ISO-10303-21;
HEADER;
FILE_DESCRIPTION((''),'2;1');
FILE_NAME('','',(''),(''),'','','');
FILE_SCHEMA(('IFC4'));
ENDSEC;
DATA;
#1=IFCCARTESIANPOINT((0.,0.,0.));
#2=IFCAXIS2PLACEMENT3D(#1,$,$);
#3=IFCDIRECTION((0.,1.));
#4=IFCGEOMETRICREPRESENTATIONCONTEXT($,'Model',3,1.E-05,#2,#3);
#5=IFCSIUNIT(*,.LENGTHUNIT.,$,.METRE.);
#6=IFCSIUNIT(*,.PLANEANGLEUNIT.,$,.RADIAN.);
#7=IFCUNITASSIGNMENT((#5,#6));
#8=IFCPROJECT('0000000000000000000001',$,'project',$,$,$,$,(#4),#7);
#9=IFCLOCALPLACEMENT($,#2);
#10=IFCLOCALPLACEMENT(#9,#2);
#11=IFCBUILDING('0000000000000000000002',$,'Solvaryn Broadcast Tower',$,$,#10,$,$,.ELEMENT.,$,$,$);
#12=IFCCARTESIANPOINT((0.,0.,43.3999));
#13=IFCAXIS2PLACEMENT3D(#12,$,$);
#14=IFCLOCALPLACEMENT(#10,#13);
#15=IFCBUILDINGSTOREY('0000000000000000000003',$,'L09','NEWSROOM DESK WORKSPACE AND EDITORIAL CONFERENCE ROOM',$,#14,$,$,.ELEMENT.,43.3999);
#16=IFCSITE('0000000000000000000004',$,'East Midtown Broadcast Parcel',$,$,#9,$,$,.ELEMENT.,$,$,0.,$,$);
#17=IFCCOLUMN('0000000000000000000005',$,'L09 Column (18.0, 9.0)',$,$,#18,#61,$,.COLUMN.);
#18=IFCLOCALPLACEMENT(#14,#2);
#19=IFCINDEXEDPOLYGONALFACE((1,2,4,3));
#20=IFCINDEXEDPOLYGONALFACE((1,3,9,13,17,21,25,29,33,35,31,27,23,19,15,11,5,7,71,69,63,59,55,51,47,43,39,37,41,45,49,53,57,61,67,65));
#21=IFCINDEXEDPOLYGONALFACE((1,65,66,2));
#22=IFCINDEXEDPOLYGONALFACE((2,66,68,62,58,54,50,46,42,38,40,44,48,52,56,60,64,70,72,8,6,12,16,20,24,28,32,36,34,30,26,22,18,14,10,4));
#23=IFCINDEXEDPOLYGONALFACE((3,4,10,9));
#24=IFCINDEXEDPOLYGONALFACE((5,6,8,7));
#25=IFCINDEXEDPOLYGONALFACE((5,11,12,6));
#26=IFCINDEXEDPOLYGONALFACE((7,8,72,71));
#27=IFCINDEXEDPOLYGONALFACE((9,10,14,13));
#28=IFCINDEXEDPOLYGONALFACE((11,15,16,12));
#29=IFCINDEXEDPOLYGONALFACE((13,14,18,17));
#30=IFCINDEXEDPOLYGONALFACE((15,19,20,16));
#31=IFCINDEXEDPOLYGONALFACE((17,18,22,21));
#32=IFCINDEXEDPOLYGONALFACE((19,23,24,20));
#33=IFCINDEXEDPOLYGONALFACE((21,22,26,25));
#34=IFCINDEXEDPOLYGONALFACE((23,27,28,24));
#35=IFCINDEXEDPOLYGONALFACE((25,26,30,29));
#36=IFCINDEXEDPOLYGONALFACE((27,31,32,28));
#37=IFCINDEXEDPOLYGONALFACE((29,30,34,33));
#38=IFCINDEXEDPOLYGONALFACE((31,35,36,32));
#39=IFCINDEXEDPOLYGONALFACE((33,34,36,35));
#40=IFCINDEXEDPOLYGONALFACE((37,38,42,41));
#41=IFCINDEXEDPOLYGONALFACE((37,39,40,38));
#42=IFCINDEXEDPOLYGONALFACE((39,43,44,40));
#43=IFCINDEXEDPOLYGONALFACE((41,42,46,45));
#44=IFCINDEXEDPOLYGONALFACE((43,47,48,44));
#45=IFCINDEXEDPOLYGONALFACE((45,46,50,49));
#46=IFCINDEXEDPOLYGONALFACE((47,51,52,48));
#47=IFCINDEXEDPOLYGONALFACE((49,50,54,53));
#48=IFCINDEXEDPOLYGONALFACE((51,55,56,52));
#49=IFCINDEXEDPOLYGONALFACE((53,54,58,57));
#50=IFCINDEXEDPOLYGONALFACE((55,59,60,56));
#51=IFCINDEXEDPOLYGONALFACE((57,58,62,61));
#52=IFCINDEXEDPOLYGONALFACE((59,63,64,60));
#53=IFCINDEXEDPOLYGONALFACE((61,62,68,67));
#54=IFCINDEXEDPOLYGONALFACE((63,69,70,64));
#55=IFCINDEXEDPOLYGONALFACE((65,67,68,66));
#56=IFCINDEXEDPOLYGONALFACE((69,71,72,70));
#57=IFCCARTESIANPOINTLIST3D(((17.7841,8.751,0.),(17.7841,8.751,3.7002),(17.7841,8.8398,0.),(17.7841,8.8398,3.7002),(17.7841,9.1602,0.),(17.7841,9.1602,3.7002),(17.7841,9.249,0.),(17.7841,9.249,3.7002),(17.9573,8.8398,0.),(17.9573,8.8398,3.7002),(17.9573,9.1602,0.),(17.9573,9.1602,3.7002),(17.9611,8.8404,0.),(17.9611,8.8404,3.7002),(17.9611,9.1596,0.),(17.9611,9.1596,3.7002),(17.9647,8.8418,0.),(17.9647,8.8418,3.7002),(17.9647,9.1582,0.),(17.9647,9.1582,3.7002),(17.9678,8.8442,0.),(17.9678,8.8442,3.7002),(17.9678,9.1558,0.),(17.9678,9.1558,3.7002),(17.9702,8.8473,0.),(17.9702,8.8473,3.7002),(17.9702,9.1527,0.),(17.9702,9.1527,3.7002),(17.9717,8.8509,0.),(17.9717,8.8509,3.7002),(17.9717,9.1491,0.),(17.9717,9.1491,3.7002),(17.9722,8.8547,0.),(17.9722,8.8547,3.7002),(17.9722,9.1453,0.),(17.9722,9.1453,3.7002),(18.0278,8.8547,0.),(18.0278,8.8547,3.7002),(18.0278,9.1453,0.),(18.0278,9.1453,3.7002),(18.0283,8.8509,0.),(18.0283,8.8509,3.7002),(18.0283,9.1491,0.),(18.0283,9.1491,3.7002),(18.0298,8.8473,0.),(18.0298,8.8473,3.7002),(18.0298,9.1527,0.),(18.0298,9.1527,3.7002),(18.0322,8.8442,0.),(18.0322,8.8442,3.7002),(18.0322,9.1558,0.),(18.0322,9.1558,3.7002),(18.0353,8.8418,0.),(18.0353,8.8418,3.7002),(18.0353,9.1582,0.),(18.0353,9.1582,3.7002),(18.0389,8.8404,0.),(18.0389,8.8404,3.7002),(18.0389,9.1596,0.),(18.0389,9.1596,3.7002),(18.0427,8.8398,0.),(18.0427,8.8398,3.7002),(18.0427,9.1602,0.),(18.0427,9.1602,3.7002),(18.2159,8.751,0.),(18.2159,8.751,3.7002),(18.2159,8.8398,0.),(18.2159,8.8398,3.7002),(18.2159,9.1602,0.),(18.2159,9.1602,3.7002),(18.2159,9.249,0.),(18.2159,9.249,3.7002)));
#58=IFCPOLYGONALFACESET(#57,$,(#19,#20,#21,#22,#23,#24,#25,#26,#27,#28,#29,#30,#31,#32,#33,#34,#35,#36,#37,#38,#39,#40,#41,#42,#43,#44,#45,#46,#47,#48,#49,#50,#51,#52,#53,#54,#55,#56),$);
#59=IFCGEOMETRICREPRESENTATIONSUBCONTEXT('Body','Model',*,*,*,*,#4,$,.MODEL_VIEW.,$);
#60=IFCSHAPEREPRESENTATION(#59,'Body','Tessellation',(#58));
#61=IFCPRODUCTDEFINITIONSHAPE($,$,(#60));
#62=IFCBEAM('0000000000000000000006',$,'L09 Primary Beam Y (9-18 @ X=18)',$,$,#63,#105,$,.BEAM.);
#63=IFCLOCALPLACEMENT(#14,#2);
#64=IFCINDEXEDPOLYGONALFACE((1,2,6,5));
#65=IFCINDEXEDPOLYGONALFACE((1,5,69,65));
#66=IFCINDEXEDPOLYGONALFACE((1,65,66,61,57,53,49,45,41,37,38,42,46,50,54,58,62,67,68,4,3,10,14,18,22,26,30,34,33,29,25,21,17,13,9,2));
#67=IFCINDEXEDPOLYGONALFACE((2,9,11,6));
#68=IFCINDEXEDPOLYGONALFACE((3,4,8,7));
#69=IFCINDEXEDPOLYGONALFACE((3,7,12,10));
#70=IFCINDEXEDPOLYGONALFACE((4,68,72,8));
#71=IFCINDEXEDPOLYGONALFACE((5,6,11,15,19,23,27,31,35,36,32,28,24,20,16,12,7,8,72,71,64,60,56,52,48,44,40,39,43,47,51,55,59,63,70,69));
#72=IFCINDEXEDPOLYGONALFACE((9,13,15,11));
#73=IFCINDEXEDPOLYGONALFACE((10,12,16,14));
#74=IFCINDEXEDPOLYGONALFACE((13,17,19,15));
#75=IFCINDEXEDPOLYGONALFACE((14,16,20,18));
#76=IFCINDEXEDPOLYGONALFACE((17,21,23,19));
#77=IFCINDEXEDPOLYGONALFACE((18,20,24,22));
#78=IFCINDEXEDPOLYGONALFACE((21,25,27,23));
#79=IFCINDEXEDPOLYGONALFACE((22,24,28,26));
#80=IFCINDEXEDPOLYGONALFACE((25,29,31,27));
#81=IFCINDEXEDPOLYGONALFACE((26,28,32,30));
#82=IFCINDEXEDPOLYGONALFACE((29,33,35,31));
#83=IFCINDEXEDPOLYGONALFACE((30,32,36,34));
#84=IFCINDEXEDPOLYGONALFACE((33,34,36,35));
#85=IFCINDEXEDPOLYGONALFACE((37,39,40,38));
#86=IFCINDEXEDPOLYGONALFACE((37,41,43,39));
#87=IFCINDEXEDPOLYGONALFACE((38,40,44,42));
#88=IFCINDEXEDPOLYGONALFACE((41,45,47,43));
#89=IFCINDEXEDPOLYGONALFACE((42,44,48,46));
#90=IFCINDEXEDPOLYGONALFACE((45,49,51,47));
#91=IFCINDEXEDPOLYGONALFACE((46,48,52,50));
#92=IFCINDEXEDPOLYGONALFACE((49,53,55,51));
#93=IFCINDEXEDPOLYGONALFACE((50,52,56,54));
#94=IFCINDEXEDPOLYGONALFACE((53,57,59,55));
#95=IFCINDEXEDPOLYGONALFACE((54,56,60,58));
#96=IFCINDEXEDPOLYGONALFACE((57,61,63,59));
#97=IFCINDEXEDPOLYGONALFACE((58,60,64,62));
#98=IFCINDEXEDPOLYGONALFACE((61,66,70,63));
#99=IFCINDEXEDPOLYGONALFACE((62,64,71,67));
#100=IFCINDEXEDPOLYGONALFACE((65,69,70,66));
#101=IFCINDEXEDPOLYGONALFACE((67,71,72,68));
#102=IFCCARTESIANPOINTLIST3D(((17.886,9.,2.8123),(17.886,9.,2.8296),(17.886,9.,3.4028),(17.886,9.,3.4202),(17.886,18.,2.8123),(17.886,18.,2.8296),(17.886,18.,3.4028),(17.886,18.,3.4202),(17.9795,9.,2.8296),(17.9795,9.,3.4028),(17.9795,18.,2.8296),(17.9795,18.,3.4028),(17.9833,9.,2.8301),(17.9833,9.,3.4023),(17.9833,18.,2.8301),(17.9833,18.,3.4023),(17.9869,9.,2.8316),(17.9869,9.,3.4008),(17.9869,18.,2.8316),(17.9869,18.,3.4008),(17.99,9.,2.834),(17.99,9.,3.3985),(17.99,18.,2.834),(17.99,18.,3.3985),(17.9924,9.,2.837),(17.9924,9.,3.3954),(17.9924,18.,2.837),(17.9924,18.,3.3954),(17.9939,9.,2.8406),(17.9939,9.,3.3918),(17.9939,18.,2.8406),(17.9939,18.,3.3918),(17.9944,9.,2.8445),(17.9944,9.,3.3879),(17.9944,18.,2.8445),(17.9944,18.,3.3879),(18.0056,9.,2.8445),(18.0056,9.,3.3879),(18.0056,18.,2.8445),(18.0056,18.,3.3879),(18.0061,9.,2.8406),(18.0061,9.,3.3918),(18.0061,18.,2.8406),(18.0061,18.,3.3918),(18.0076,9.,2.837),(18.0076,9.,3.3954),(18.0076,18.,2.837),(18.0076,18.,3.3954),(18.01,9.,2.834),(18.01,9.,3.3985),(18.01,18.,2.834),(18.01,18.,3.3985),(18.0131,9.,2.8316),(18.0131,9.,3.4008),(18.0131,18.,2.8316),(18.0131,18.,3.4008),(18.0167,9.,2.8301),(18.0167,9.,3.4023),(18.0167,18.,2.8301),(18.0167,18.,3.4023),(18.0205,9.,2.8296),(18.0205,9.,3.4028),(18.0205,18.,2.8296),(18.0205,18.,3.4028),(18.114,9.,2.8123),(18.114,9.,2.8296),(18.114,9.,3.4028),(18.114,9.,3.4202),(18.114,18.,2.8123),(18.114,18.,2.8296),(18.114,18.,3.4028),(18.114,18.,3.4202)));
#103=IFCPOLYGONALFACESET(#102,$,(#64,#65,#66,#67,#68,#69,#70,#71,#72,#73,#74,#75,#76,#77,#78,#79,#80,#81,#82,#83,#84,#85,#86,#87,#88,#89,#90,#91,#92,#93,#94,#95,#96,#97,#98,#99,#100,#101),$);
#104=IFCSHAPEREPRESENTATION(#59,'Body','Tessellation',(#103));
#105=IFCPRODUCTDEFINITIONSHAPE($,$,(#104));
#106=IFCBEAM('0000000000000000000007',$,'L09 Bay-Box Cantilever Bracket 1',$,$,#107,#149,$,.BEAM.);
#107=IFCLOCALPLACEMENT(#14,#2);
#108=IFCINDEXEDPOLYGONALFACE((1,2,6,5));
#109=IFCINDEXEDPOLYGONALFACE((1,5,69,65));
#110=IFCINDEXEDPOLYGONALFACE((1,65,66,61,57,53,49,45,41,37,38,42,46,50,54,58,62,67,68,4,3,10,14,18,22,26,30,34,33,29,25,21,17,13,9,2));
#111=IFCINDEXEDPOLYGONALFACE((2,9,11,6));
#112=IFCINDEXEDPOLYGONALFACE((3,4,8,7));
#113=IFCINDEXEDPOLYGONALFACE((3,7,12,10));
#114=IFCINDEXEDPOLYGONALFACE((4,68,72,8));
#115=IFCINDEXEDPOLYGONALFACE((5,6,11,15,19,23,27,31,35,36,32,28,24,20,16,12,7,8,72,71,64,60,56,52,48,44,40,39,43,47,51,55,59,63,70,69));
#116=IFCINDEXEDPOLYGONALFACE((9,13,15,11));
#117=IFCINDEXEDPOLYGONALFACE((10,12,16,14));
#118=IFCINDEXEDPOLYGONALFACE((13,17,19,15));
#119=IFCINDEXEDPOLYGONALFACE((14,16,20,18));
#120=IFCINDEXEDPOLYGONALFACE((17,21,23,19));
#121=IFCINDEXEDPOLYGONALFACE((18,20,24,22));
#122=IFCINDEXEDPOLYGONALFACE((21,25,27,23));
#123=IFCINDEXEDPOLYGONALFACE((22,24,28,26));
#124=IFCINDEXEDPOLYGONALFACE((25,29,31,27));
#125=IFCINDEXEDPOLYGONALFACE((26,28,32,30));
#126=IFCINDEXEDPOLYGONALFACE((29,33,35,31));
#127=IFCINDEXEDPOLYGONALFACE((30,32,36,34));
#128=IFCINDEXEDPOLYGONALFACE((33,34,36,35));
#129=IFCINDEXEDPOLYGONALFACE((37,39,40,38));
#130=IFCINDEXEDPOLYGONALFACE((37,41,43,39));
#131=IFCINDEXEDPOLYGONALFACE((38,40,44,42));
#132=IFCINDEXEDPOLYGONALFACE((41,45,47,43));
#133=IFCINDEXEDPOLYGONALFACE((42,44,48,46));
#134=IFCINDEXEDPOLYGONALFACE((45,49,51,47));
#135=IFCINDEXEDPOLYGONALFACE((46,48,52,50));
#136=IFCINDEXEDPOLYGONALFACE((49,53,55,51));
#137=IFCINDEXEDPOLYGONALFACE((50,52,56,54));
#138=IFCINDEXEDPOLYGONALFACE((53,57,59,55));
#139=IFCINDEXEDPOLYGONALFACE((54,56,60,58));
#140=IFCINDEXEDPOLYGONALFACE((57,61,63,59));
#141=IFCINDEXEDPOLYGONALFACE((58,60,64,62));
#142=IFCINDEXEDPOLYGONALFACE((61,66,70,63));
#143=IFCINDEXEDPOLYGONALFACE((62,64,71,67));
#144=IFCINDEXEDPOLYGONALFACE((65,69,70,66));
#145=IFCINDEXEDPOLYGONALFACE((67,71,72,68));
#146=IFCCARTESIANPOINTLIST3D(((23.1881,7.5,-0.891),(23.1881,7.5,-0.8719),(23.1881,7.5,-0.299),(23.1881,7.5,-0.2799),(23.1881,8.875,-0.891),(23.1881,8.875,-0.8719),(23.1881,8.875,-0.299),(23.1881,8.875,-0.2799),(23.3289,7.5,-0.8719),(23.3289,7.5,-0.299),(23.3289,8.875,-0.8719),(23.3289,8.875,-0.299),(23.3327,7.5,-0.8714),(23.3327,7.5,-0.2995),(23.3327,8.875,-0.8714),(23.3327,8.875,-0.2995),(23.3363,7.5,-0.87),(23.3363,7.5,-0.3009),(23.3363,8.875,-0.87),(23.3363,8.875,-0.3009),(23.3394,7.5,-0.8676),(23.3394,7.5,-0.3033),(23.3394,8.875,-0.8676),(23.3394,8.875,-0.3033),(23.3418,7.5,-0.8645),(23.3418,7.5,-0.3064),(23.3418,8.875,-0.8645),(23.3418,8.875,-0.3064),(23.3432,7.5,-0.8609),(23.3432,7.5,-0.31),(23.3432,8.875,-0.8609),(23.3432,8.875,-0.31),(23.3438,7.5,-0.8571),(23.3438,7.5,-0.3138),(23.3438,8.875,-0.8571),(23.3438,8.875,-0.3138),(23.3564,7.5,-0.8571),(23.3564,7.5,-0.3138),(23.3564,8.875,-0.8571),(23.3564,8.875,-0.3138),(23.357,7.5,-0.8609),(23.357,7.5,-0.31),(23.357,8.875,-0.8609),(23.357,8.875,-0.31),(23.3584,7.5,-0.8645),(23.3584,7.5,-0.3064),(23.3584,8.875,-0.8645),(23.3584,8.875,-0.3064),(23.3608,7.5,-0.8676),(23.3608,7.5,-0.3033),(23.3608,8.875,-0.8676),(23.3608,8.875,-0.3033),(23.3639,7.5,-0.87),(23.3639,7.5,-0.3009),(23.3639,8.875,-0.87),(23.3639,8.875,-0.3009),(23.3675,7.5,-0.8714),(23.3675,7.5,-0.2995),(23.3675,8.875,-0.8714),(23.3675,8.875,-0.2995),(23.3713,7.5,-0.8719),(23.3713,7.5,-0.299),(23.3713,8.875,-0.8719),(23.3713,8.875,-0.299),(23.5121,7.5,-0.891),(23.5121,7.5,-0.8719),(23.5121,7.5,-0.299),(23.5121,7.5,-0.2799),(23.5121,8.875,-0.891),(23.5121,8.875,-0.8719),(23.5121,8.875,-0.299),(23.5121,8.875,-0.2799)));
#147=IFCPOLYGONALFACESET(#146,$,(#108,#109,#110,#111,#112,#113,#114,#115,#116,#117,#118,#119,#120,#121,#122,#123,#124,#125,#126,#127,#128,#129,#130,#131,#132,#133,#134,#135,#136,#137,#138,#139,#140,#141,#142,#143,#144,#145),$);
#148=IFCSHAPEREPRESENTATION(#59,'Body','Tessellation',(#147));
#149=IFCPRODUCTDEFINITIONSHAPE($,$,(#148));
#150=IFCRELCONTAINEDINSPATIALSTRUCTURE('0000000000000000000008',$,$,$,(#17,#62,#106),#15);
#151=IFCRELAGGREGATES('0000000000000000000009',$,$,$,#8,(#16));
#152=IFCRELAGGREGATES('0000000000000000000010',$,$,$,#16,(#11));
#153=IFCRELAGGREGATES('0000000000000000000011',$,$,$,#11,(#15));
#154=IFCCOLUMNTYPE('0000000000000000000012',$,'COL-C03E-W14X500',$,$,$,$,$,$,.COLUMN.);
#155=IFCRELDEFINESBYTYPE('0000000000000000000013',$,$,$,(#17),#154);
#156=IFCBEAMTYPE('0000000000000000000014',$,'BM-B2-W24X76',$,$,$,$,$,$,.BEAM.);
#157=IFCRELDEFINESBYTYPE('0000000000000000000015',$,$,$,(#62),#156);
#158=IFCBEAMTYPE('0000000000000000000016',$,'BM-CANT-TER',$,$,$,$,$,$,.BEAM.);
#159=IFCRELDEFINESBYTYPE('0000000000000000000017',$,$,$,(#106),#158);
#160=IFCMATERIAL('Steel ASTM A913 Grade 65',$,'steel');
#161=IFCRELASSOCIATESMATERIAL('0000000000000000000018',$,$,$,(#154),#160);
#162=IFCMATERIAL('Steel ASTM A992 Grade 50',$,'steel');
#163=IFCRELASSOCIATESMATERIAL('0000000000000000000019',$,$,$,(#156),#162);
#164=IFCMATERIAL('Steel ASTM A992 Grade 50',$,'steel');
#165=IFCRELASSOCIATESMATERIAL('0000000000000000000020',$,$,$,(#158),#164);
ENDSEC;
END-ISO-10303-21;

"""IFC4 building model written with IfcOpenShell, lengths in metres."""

from ifc_helpers import new_model, si_unit, direction, frame, origin, origin_2d, place, context, subcontext, project, spatial, i_section, extrude, material, material_profile, profile_set, type_object, element, save


model = new_model("IFC4")

# Units and contexts
model_context = context("Model", 3, precision=1e-05, world=origin(), true_north=direction((0.0, 1.0)))
body_context = subcontext(model_context, "Body", "Model", "MODEL_VIEW")
ifc_project = project(units=[si_unit("LENGTHUNIT", "METRE"), si_unit("PLANEANGLEUNIT", "RADIAN")], contexts=[model_context])

# Site, building, storey
site_placement = place(None, origin())
site = spatial("IfcSite", under=ifc_project, at=site_placement, Name="East Midtown Broadcast Parcel", CompositionType="ELEMENT", RefElevation=0.0)
building_placement = place(site_placement, origin())
building = spatial("IfcBuilding", under=site, at=building_placement, Name="Solvaryn Broadcast Tower", CompositionType="ELEMENT")
storey_placement = place(building_placement, frame((0.0, 0.0, 43.3999)))
storey = spatial("IfcBuildingStorey", under=building, at=storey_placement, Name="L09", Description="NEWSROOM DESK WORKSPACE AND EDITORIAL CONFERENCE ROOM", CompositionType="ELEMENT", Elevation=43.3999)

# Column
ifc_material_1 = material(Name="Steel ASTM A913 Grade 65", Category="steel")
ifc_material_profile_1 = material_profile(ifc_material_1, i_section(OverallWidth=0.4319, OverallDepth=0.498, WebThickness=0.0557, FlangeThickness=0.0889, FilletRadius=0.0149, at=origin_2d()))
ifc_profile_set_1 = profile_set([ifc_material_profile_1], Name="Steel ASTM A913 Grade 65")
column_type = type_object("IfcColumnType", Name="COL-C03E-W14X500", PredefinedType="COLUMN", material=ifc_profile_set_1)
column_placement = place(storey_placement, frame((18.0, 9.0, 0.0), z_axis=(0.0, 0.0, 1.0), x_axis=(1.0, 0.0, 0.0)))
element("IfcColumn", 1, at=column_placement, inside=storey, type_object=column_type, Name="L09 Column (18.0, 9.0)", PredefinedType="COLUMN", context=body_context, shape_type="SweptSolid", body=[
    extrude(i_section(OverallWidth=0.4319, OverallDepth=0.498, WebThickness=0.0557, FlangeThickness=0.0889, FilletRadius=0.0149, at=origin_2d()), origin(), (0.0, 0.0, 1.0), 3.7002),
])

# Beams
ifc_material_2 = material(Name="Steel ASTM A992 Grade 50", Category="steel")
ifc_material_profile_2 = material_profile(ifc_material_2, i_section(OverallWidth=0.228, OverallDepth=0.6079, WebThickness=0.0112, FlangeThickness=0.0173, FilletRadius=0.0149, at=origin_2d()))
ifc_profile_set_2 = profile_set([ifc_material_profile_2], Name="Steel ASTM A992 Grade 50")
beam_type_1 = type_object("IfcBeamType", Name="BM-B2-W24X76", PredefinedType="BEAM", material=ifc_profile_set_2)
beam_1_placement = place(storey_placement, frame((18.0, 9.0, 3.1162), z_axis=(0.0, 1.0, 0.0), x_axis=(-1.0, 0.0, 0.0)))
element("IfcBeam", 2, at=beam_1_placement, inside=storey, type_object=beam_type_1, Name="L09 Primary Beam Y (9-18 @ X=18)", PredefinedType="BEAM", context=body_context, shape_type="SweptSolid", body=[
    extrude(i_section(OverallWidth=0.228, OverallDepth=0.6079, WebThickness=0.0112, FlangeThickness=0.0173, FilletRadius=0.0149, at=origin_2d()), origin(), (0.0, 0.0, 1.0), 9.0),
])
ifc_material_3 = material(Name="Steel ASTM A992 Grade 50", Category="steel")
ifc_material_profile_3 = material_profile(ifc_material_3, i_section(OverallWidth=0.324, OverallDepth=0.6111, WebThickness=0.0127, FlangeThickness=0.019, FilletRadius=0.0149, at=origin_2d()))
ifc_profile_set_3 = profile_set([ifc_material_profile_3], Name="Steel ASTM A992 Grade 50")
beam_type_2 = type_object("IfcBeamType", Name="BM-CANT-TER", PredefinedType="BEAM", material=ifc_profile_set_3)
beam_2_placement = place(storey_placement, frame((23.3501, 8.875, -0.5854), z_axis=(0.0, -1.0, 0.0), x_axis=(1.0, 0.0, 0.0)))
element("IfcBeam", 3, at=beam_2_placement, inside=storey, type_object=beam_type_2, Name="L09 Bay-Box Cantilever Bracket 1", PredefinedType="BEAM", context=body_context, shape_type="SweptSolid", body=[
    extrude(i_section(OverallWidth=0.324, OverallDepth=0.6111, WebThickness=0.0127, FlangeThickness=0.019, FilletRadius=0.0149, at=origin_2d()), origin(), (0.0, 0.0, 1.0), 1.375),
])

save(model, "model.ifc")
